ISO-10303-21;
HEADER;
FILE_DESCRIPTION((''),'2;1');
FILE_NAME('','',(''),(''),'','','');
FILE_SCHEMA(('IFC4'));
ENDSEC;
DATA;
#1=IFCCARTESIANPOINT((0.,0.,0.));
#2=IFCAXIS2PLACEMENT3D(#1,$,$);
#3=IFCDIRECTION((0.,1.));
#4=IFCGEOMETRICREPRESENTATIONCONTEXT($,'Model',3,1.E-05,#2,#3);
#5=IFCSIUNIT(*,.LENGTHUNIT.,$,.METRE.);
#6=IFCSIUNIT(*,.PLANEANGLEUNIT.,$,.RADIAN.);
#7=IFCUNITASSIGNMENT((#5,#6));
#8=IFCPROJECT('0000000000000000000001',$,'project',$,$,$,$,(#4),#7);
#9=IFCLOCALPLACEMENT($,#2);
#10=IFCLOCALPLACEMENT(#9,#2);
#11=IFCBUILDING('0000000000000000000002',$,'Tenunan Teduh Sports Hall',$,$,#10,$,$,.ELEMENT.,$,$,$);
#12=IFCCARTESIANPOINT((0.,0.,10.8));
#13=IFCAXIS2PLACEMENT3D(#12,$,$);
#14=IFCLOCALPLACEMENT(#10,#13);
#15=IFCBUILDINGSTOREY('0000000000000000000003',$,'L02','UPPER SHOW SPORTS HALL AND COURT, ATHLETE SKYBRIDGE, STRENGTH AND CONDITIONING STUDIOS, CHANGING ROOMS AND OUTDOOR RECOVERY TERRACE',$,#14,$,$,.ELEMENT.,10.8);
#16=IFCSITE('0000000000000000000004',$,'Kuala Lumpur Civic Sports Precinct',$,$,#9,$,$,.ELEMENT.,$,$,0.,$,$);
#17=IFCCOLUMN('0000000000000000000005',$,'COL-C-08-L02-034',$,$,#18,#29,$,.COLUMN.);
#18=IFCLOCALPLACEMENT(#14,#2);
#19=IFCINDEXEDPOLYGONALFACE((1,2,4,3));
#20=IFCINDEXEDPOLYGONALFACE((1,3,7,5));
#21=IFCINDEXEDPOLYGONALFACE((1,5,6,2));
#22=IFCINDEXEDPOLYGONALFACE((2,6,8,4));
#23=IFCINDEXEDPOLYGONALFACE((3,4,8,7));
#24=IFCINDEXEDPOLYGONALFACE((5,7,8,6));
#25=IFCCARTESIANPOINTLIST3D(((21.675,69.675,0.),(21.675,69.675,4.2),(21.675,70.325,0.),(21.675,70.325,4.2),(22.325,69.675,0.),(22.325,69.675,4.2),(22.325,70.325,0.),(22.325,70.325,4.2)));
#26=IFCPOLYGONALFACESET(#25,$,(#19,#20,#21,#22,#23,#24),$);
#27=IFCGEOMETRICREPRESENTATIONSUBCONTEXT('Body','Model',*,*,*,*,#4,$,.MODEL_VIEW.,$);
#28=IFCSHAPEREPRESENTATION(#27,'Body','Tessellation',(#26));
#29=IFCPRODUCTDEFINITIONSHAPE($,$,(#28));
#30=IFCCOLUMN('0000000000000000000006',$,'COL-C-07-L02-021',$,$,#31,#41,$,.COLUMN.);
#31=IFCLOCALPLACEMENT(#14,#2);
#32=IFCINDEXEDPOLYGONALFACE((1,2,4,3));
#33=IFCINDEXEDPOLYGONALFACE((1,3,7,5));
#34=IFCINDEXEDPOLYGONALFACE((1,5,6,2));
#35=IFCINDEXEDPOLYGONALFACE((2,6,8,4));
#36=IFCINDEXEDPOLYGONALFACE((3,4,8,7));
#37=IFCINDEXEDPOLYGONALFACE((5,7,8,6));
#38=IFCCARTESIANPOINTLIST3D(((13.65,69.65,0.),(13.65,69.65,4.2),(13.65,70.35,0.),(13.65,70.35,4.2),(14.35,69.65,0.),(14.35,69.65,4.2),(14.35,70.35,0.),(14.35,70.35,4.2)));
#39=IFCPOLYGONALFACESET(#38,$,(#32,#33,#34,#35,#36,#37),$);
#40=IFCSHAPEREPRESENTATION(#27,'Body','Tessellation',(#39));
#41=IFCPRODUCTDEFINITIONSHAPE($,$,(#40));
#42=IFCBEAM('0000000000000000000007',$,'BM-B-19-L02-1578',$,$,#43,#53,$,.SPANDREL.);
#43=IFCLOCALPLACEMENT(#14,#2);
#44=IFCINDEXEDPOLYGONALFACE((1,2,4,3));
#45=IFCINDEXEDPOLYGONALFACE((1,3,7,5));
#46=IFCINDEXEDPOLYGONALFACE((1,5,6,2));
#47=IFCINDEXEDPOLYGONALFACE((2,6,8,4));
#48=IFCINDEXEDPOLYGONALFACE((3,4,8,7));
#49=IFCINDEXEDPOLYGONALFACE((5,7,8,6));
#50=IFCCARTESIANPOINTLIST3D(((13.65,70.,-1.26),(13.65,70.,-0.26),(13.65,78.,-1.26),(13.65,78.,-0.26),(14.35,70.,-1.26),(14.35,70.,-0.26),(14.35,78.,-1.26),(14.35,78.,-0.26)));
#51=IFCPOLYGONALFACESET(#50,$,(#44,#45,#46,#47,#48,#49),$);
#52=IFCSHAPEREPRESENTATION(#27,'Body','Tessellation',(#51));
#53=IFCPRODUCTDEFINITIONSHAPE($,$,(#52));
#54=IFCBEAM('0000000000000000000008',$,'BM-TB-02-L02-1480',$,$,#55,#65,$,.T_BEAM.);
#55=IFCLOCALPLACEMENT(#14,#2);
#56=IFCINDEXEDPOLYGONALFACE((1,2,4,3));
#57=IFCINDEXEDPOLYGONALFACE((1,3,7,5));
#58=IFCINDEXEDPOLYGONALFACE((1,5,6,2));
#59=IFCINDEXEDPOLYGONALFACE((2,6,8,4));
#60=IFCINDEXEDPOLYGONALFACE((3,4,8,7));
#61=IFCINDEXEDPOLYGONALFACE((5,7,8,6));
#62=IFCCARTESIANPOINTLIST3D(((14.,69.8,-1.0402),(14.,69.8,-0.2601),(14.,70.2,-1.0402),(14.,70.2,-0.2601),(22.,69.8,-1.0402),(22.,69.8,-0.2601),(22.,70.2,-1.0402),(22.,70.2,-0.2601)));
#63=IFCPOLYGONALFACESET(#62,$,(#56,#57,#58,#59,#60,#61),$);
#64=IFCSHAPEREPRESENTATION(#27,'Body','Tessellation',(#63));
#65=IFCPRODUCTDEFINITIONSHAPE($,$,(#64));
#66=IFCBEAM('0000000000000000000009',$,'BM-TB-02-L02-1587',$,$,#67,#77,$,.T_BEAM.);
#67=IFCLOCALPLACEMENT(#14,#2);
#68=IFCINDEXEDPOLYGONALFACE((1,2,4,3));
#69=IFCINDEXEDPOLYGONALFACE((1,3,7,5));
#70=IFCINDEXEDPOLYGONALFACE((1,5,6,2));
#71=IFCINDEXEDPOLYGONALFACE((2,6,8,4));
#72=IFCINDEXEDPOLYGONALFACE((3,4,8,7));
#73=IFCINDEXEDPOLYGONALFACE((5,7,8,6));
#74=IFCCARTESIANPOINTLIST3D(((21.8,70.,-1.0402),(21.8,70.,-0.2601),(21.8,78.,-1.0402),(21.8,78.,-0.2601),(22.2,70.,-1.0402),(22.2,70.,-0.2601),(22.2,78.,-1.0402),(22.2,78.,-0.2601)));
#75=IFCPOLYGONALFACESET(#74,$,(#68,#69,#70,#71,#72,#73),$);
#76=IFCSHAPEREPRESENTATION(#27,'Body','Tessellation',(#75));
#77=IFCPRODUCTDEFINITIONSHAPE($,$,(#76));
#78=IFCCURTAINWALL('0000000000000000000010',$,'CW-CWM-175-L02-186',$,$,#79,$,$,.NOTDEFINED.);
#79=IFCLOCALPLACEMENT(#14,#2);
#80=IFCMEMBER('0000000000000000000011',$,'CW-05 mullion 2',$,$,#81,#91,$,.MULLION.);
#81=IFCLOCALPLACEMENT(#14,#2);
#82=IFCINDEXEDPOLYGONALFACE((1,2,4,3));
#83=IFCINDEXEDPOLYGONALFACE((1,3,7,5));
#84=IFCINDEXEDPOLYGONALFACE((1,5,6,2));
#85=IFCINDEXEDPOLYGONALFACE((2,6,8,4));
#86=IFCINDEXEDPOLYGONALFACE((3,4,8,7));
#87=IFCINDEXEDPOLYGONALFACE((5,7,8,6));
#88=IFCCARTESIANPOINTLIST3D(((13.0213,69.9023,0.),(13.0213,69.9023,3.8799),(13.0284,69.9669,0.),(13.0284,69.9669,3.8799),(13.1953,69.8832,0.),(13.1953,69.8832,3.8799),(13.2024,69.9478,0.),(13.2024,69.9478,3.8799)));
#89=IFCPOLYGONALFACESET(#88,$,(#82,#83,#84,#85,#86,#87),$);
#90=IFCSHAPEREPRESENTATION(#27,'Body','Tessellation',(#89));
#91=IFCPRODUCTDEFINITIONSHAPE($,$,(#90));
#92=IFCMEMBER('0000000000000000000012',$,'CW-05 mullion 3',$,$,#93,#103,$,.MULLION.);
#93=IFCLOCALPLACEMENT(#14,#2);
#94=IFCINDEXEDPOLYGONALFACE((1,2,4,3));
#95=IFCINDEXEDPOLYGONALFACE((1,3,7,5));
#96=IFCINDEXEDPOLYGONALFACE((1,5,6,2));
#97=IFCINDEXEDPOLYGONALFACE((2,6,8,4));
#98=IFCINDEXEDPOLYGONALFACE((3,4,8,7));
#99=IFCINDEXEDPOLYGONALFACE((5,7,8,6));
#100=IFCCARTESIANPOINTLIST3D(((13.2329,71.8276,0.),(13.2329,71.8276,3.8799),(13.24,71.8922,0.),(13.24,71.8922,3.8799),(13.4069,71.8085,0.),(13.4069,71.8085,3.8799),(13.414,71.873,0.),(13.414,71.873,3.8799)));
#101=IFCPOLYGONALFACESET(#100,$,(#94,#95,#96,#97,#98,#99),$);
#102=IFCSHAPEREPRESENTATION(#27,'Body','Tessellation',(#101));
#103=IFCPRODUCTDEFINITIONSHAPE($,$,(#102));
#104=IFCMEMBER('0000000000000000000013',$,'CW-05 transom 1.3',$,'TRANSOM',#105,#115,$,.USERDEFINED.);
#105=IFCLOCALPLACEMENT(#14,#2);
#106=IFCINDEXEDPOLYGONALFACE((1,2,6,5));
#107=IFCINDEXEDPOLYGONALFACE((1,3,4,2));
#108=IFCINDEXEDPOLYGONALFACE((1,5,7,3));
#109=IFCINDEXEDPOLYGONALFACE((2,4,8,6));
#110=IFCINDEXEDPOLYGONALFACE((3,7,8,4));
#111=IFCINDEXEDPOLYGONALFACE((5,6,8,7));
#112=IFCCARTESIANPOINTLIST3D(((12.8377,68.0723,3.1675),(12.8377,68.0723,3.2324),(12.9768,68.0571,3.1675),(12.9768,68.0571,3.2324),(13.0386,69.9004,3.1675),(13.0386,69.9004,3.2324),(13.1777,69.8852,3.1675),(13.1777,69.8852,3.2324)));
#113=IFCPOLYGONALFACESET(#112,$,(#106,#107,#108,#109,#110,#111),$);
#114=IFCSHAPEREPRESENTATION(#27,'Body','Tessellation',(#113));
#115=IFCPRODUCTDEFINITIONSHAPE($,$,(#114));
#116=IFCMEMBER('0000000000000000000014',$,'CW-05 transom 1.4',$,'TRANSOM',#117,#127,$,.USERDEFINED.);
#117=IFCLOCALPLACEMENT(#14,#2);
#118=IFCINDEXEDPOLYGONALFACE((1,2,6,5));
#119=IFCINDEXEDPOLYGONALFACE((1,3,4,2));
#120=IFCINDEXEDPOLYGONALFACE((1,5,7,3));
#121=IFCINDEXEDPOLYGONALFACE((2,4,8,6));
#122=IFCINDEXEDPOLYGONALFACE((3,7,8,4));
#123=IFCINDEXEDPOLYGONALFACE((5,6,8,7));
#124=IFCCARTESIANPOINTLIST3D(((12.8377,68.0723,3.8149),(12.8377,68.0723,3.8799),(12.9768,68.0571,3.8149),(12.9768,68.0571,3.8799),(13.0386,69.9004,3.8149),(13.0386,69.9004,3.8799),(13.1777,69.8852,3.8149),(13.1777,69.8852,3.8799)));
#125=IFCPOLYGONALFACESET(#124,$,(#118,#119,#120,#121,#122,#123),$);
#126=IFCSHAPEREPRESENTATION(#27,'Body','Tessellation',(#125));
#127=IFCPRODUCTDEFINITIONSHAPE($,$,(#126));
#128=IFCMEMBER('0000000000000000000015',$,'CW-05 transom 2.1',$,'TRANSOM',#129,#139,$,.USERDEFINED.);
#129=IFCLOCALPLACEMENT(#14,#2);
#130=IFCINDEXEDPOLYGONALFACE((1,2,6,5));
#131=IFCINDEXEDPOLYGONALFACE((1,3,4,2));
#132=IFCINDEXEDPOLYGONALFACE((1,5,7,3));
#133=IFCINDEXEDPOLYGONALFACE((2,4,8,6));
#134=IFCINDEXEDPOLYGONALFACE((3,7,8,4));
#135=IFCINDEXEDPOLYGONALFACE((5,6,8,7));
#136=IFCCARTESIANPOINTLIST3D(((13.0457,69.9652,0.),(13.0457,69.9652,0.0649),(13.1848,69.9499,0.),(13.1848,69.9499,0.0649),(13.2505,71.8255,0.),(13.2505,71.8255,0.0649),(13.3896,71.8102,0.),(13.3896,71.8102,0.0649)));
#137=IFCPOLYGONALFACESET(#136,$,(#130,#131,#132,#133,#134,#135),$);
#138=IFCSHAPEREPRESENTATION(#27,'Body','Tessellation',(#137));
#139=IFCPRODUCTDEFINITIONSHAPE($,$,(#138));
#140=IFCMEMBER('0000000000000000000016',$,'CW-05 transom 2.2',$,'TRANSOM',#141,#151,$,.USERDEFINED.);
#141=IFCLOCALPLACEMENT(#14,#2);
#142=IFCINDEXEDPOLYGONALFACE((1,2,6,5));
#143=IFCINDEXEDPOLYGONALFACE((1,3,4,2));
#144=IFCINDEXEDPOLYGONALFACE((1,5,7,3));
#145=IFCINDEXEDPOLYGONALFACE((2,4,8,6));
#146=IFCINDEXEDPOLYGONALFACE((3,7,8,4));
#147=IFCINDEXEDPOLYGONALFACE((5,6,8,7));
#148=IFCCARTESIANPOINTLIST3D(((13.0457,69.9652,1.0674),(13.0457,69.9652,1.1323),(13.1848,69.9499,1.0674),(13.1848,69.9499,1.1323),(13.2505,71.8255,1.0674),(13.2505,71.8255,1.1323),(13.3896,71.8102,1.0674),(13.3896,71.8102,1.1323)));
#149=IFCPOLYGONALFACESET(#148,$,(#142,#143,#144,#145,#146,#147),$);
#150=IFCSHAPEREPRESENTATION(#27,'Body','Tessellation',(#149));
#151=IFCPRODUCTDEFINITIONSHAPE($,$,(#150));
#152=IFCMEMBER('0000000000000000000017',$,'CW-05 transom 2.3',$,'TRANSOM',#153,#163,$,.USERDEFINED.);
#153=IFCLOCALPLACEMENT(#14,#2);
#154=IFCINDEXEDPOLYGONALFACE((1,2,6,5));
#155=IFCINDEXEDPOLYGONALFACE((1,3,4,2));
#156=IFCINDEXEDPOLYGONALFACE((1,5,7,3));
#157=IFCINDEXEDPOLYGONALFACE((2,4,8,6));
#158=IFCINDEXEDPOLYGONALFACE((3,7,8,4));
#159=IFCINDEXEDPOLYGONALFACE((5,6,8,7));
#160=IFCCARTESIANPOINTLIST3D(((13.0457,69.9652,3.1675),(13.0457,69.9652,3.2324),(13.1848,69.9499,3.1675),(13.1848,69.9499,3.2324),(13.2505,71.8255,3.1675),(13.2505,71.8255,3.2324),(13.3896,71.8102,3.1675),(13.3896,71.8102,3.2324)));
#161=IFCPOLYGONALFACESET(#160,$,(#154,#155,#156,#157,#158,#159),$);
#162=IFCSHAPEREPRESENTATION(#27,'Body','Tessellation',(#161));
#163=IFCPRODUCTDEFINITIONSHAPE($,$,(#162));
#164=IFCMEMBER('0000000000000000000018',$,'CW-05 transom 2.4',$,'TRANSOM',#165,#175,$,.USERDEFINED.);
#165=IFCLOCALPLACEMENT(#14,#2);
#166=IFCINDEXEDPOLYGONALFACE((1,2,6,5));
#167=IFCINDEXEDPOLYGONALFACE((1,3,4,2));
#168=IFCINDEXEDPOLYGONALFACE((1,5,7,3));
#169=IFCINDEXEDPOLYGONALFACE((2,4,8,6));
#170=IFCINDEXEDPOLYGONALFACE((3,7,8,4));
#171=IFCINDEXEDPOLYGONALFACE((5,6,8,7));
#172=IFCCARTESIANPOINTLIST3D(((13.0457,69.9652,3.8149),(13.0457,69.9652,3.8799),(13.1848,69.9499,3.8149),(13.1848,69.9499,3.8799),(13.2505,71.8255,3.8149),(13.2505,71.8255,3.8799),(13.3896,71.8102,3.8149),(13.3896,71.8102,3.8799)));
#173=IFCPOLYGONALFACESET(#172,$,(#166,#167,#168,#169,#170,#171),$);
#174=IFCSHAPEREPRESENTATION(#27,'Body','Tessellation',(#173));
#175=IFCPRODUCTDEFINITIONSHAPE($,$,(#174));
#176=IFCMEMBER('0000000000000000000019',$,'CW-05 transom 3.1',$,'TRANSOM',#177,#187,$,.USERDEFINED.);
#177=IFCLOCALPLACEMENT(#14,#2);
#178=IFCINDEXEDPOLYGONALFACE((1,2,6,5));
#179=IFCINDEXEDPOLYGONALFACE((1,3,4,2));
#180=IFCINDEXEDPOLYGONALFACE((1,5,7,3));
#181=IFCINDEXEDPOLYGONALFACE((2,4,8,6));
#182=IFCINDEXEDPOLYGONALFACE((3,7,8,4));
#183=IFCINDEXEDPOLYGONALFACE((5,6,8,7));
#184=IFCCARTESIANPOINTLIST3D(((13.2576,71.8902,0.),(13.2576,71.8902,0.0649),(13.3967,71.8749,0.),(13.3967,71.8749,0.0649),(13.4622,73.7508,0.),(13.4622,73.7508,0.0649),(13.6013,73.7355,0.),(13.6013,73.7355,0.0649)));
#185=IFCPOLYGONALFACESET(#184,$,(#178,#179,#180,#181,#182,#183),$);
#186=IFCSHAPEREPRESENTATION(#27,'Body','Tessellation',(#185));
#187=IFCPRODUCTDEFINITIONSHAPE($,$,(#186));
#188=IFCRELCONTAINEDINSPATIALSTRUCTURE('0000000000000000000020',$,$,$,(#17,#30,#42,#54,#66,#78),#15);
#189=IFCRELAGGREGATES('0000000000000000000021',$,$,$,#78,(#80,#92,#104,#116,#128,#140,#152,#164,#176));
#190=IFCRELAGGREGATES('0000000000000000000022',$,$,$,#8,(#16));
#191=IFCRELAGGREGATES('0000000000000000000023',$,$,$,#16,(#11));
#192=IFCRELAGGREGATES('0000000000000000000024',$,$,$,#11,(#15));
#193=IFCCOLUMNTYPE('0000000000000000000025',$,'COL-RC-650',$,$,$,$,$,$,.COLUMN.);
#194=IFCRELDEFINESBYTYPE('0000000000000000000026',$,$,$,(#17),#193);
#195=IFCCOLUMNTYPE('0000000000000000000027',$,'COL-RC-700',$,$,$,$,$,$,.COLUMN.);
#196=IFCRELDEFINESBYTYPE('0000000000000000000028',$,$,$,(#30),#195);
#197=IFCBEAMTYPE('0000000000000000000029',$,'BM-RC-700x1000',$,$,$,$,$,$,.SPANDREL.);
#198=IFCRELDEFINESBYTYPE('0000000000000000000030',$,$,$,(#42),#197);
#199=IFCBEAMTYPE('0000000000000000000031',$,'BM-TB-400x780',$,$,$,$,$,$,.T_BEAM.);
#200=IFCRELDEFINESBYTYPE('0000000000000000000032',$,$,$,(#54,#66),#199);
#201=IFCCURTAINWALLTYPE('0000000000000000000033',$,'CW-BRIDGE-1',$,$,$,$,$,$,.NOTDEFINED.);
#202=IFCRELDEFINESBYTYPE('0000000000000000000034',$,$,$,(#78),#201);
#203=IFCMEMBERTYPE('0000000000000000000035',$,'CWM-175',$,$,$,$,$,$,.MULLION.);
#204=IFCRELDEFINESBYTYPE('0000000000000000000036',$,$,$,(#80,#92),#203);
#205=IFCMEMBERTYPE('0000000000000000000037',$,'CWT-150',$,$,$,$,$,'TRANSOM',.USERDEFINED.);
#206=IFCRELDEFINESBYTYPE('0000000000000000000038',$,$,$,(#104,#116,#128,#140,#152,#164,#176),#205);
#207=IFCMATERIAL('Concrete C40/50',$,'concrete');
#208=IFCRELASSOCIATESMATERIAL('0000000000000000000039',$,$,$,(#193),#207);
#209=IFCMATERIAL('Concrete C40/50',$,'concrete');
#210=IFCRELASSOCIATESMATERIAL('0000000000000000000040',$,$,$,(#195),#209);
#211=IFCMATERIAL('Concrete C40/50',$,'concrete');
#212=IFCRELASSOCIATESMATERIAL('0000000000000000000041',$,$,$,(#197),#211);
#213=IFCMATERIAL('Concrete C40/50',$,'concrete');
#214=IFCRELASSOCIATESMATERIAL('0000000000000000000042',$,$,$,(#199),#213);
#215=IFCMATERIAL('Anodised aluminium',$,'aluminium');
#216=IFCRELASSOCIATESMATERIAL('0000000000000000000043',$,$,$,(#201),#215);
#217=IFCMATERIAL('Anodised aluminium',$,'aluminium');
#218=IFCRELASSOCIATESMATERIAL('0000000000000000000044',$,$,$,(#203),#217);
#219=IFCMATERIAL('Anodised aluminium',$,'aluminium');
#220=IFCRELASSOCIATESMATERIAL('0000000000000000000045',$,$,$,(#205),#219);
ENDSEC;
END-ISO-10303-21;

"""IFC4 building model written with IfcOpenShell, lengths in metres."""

from ifc_helpers import new_model, si_unit, direction, frame, origin, origin_2d, place, context, subcontext, project, spatial, rectangle, extrude, material, material_profile, profile_set, type_object, element, aggregate, save


model = new_model("IFC4")

# Units and contexts
model_context = context("Model", 3, precision=1e-05, world=origin(), true_north=direction((0.0, 1.0)))
body_context = subcontext(model_context, "Body", "Model", "MODEL_VIEW")
ifc_project = project(units=[si_unit("LENGTHUNIT", "METRE"), si_unit("PLANEANGLEUNIT", "RADIAN")], contexts=[model_context])

# Site, building, storey
site_placement = place(None, origin())
site = spatial("IfcSite", under=ifc_project, at=site_placement, Name="Kuala Lumpur Civic Sports Precinct", CompositionType="ELEMENT", RefElevation=0.0)
building_placement = place(site_placement, origin())
building = spatial("IfcBuilding", under=site, at=building_placement, Name="Tenunan Teduh Sports Hall", CompositionType="ELEMENT")
storey_placement = place(building_placement, frame((0.0, 0.0, 10.8)))
storey = spatial("IfcBuildingStorey", under=building, at=storey_placement, Name="L02", Description="UPPER SHOW SPORTS HALL AND COURT, ATHLETE SKYBRIDGE, STRENGTH AND CONDITIONING STUDIOS, CHANGING ROOMS AND OUTDOOR RECOVERY TERRACE", CompositionType="ELEMENT", Elevation=10.8)

# Columns
ifc_material_1 = material(Name="Concrete C40/50", Category="concrete")
ifc_material_profile_1 = material_profile(ifc_material_1, rectangle(XDim=0.6499, YDim=0.6499, at=origin_2d()), Name="RC 650x650")
ifc_profile_set_1 = profile_set([ifc_material_profile_1], Name="Concrete C40/50")
column_type_1 = type_object("IfcColumnType", Name="COL-RC-650", PredefinedType="COLUMN", material=ifc_profile_set_1)
column_1_placement = place(storey_placement, frame((22.0, 70.0, 0.0), z_axis=(0.0, 0.0, 1.0), x_axis=(1.0, 0.0, 0.0)))
element("IfcColumn", 1, at=column_1_placement, inside=storey, type_object=column_type_1, Name="COL-C-08-L02-034", PredefinedType="COLUMN", context=body_context, shape_type="SweptSolid", body=[
    extrude(rectangle(XDim=0.6499, YDim=0.6499, at=origin_2d()), origin(), (0.0, 0.0, 1.0), 4.2),
])
ifc_material_2 = material(Name="Concrete C40/50", Category="concrete")
ifc_material_profile_2 = material_profile(ifc_material_2, rectangle(XDim=0.7, YDim=0.7, at=origin_2d()), Name="RC 700x700")
ifc_profile_set_2 = profile_set([ifc_material_profile_2], Name="Concrete C40/50")
column_type_2 = type_object("IfcColumnType", Name="COL-RC-700", PredefinedType="COLUMN", material=ifc_profile_set_2)
column_2_placement = place(storey_placement, frame((14.0, 70.0, 0.0), z_axis=(0.0, 0.0, 1.0), x_axis=(1.0, 0.0, 0.0)))
element("IfcColumn", 2, at=column_2_placement, inside=storey, type_object=column_type_2, Name="COL-C-07-L02-021", PredefinedType="COLUMN", context=body_context, shape_type="SweptSolid", body=[
    extrude(rectangle(XDim=0.7, YDim=0.7, at=origin_2d()), origin(), (0.0, 0.0, 1.0), 4.2),
])

# Beams
ifc_material_3 = material(Name="Concrete C40/50", Category="concrete")
ifc_material_profile_3 = material_profile(ifc_material_3, rectangle(XDim=0.7, YDim=1.0, at=origin_2d()), Name="RCB 700x1000")
ifc_profile_set_3 = profile_set([ifc_material_profile_3], Name="Concrete C40/50")
beam_type_1 = type_object("IfcBeamType", Name="BM-RC-700x1000", PredefinedType="SPANDREL", material=ifc_profile_set_3)
beam_1_placement = place(storey_placement, frame((14.0, 70.0, -0.76), z_axis=(0.0, 1.0, 0.0), x_axis=(-1.0, 0.0, 0.0)))
element("IfcBeam", 3, at=beam_1_placement, inside=storey, type_object=beam_type_1, Name="BM-B-19-L02-1578", PredefinedType="SPANDREL", context=body_context, shape_type="SweptSolid", body=[
    extrude(rectangle(XDim=0.7, YDim=1.0, at=origin_2d()), origin(), (0.0, 0.0, 1.0), 8.0),
])
ifc_material_4 = material(Name="Concrete C40/50", Category="concrete")
ifc_material_profile_4 = material_profile(ifc_material_4, rectangle(XDim=0.3999, YDim=0.78, at=origin_2d()), Name="TB 400x780")
ifc_profile_set_4 = profile_set([ifc_material_profile_4], Name="Concrete C40/50")
beam_type_2 = type_object("IfcBeamType", Name="BM-TB-400x780", PredefinedType="T_BEAM", material=ifc_profile_set_4)
for number, where, z_axis, x_axis, name in (
    (4, (14.0, 70.0, -0.6501), (1.0, 0.0, 0.0), (0.0, 1.0, 0.0), "BM-TB-02-L02-1480"),
    (5, (22.0, 70.0, -0.6501), (0.0, 1.0, 0.0), (-1.0, 0.0, 0.0), "BM-TB-02-L02-1587"),
):
    element("IfcBeam", number, at=place(storey_placement, frame(where, z_axis=z_axis, x_axis=x_axis)), inside=storey, type_object=beam_type_2, Name=name, PredefinedType="T_BEAM", context=body_context, shape_type="SweptSolid", body=[
        extrude(rectangle(XDim=0.3999, YDim=0.78, at=origin_2d()), origin(), (0.0, 0.0, 1.0), 8.0),
    ])

# Curtain wall, members
ifc_material_5 = material(Name="Anodised aluminium", Category="aluminium")
curtain_wall_type = type_object("IfcCurtainWallType", Name="CW-BRIDGE-1", PredefinedType="NOTDEFINED", material=ifc_material_5)
curtain_wall_placement = place(storey_placement, origin())
curtain_wall = element("IfcCurtainWall", 6, at=curtain_wall_placement, inside=storey, type_object=curtain_wall_type, Name="CW-CWM-175-L02-186", PredefinedType="NOTDEFINED")
ifc_material_6 = material(Name="Anodised aluminium", Category="aluminium")
ifc_material_profile_5 = material_profile(ifc_material_6, rectangle(XDim=0.0649, YDim=0.175, at=origin_2d()), Name="CWM 65x175")
ifc_profile_set_5 = profile_set([ifc_material_profile_5], Name="Anodised aluminium")
member_type_1 = type_object("IfcMemberType", Name="CWM-175", PredefinedType="MULLION", material=ifc_profile_set_5)
member_1_placement = place(storey_placement, frame((13.1118, 69.925, 0.0), z_axis=(0.0, 0.0, 1.0), x_axis=(0.109337, 0.994005, 0.0)))
member_1 = element("IfcMember", 7, at=member_1_placement, type_object=member_type_1, Name="CW-05 mullion 2", PredefinedType="MULLION", context=body_context, shape_type="SweptSolid", body=[
    extrude(rectangle(XDim=0.0649, YDim=0.175, at=origin_2d()), origin(), (0.0, 0.0, 1.0), 3.8799),
])
member_2_placement = place(storey_placement, frame((13.3235, 71.8503, 0.0), z_axis=(0.0, 0.0, 1.0), x_axis=(0.109337, 0.994005, 0.0)))
member_2 = element("IfcMember", 8, at=member_2_placement, type_object=member_type_1, Name="CW-05 mullion 3", PredefinedType="MULLION", context=body_context, shape_type="SweptSolid", body=[
    extrude(rectangle(XDim=0.0649, YDim=0.175, at=origin_2d()), origin(), (0.0, 0.0, 1.0), 3.8799),
])
ifc_material_7 = material(Name="Anodised aluminium", Category="aluminium")
ifc_material_profile_6 = material_profile(ifc_material_7, rectangle(XDim=0.0649, YDim=0.1399, at=origin_2d()), Name="CWT 65x140")
ifc_profile_set_6 = profile_set([ifc_material_profile_6], Name="Anodised aluminium")
member_type_2 = type_object("IfcMemberType", Name="CWT-150", ElementType="TRANSOM", PredefinedType="USERDEFINED", material=ifc_profile_set_6)
member_3_placement = place(storey_placement, frame((12.9072, 68.0647, 3.2), z_axis=(0.109251, 0.994014, 0.0), x_axis=(0.0, 0.0, 1.0)))
member_3 = element("IfcMember", 9, at=member_3_placement, type_object=member_type_2, Name="CW-05 transom 1.3", ObjectType="TRANSOM", PredefinedType="USERDEFINED", context=body_context, shape_type="SweptSolid", body=[
    extrude(rectangle(XDim=0.0649, YDim=0.1399, at=origin_2d()), origin(), (0.0, 0.0, 1.0), 1.8391),
])
member_4_placement = place(storey_placement, frame((12.9072, 68.0647, 3.8474), z_axis=(0.109251, 0.994014, 0.0), x_axis=(0.0, 0.0, 1.0)))
member_4 = element("IfcMember", 10, at=member_4_placement, type_object=member_type_2, Name="CW-05 transom 1.4", ObjectType="TRANSOM", PredefinedType="USERDEFINED", context=body_context, shape_type="SweptSolid", body=[
    extrude(rectangle(XDim=0.0649, YDim=0.1399, at=origin_2d()), origin(), (0.0, 0.0, 1.0), 1.8391),
])
member_5_placement = place(storey_placement, frame((13.1152, 69.9575, 0.0325), z_axis=(0.109444, 0.993993, 0.0), x_axis=(0.0, 0.0, 1.0)))
member_5 = element("IfcMember", 11, at=member_5_placement, type_object=member_type_2, Name="CW-05 transom 2.1", ObjectType="TRANSOM", PredefinedType="USERDEFINED", context=body_context, shape_type="SweptSolid", body=[
    extrude(rectangle(XDim=0.0649, YDim=0.1399, at=origin_2d()), origin(), (0.0, 0.0, 1.0), 1.8716),
])
member_6_placement = place(storey_placement, frame((13.1152, 69.9575, 1.0999), z_axis=(0.109444, 0.993993, 0.0), x_axis=(0.0, 0.0, 1.0)))
member_6 = element("IfcMember", 12, at=member_6_placement, type_object=member_type_2, Name="CW-05 transom 2.2", ObjectType="TRANSOM", PredefinedType="USERDEFINED", context=body_context, shape_type="SweptSolid", body=[
    extrude(rectangle(XDim=0.0649, YDim=0.1399, at=origin_2d()), origin(), (0.0, 0.0, 1.0), 1.8716),
])
member_7_placement = place(storey_placement, frame((13.1152, 69.9575, 3.2), z_axis=(0.109444, 0.993993, 0.0), x_axis=(0.0, 0.0, 1.0)))
member_7 = element("IfcMember", 13, at=member_7_placement, type_object=member_type_2, Name="CW-05 transom 2.3", ObjectType="TRANSOM", PredefinedType="USERDEFINED", context=body_context, shape_type="SweptSolid", body=[
    extrude(rectangle(XDim=0.0649, YDim=0.1399, at=origin_2d()), origin(), (0.0, 0.0, 1.0), 1.8716),
])
member_8_placement = place(storey_placement, frame((13.1152, 69.9575, 3.8474), z_axis=(0.109444, 0.993993, 0.0), x_axis=(0.0, 0.0, 1.0)))
member_8 = element("IfcMember", 14, at=member_8_placement, type_object=member_type_2, Name="CW-05 transom 2.4", ObjectType="TRANSOM", PredefinedType="USERDEFINED", context=body_context, shape_type="SweptSolid", body=[
    extrude(rectangle(XDim=0.0649, YDim=0.1399, at=origin_2d()), origin(), (0.0, 0.0, 1.0), 1.8716),
])
member_9_placement = place(storey_placement, frame((13.3271, 71.8826, 0.0325), z_axis=(0.109301, 0.994009, 0.0), x_axis=(0.0, 0.0, 1.0)))
member_9 = element("IfcMember", 15, at=member_9_placement, type_object=member_type_2, Name="CW-05 transom 3.1", ObjectType="TRANSOM", PredefinedType="USERDEFINED", context=body_context, shape_type="SweptSolid", body=[
    extrude(rectangle(XDim=0.0649, YDim=0.1399, at=origin_2d()), origin(), (0.0, 0.0, 1.0), 1.8718),
])

aggregate(curtain_wall, [member_1, member_2, member_3, member_4, member_5, member_6, member_7, member_8, member_9])

save(model, "model.ifc")
